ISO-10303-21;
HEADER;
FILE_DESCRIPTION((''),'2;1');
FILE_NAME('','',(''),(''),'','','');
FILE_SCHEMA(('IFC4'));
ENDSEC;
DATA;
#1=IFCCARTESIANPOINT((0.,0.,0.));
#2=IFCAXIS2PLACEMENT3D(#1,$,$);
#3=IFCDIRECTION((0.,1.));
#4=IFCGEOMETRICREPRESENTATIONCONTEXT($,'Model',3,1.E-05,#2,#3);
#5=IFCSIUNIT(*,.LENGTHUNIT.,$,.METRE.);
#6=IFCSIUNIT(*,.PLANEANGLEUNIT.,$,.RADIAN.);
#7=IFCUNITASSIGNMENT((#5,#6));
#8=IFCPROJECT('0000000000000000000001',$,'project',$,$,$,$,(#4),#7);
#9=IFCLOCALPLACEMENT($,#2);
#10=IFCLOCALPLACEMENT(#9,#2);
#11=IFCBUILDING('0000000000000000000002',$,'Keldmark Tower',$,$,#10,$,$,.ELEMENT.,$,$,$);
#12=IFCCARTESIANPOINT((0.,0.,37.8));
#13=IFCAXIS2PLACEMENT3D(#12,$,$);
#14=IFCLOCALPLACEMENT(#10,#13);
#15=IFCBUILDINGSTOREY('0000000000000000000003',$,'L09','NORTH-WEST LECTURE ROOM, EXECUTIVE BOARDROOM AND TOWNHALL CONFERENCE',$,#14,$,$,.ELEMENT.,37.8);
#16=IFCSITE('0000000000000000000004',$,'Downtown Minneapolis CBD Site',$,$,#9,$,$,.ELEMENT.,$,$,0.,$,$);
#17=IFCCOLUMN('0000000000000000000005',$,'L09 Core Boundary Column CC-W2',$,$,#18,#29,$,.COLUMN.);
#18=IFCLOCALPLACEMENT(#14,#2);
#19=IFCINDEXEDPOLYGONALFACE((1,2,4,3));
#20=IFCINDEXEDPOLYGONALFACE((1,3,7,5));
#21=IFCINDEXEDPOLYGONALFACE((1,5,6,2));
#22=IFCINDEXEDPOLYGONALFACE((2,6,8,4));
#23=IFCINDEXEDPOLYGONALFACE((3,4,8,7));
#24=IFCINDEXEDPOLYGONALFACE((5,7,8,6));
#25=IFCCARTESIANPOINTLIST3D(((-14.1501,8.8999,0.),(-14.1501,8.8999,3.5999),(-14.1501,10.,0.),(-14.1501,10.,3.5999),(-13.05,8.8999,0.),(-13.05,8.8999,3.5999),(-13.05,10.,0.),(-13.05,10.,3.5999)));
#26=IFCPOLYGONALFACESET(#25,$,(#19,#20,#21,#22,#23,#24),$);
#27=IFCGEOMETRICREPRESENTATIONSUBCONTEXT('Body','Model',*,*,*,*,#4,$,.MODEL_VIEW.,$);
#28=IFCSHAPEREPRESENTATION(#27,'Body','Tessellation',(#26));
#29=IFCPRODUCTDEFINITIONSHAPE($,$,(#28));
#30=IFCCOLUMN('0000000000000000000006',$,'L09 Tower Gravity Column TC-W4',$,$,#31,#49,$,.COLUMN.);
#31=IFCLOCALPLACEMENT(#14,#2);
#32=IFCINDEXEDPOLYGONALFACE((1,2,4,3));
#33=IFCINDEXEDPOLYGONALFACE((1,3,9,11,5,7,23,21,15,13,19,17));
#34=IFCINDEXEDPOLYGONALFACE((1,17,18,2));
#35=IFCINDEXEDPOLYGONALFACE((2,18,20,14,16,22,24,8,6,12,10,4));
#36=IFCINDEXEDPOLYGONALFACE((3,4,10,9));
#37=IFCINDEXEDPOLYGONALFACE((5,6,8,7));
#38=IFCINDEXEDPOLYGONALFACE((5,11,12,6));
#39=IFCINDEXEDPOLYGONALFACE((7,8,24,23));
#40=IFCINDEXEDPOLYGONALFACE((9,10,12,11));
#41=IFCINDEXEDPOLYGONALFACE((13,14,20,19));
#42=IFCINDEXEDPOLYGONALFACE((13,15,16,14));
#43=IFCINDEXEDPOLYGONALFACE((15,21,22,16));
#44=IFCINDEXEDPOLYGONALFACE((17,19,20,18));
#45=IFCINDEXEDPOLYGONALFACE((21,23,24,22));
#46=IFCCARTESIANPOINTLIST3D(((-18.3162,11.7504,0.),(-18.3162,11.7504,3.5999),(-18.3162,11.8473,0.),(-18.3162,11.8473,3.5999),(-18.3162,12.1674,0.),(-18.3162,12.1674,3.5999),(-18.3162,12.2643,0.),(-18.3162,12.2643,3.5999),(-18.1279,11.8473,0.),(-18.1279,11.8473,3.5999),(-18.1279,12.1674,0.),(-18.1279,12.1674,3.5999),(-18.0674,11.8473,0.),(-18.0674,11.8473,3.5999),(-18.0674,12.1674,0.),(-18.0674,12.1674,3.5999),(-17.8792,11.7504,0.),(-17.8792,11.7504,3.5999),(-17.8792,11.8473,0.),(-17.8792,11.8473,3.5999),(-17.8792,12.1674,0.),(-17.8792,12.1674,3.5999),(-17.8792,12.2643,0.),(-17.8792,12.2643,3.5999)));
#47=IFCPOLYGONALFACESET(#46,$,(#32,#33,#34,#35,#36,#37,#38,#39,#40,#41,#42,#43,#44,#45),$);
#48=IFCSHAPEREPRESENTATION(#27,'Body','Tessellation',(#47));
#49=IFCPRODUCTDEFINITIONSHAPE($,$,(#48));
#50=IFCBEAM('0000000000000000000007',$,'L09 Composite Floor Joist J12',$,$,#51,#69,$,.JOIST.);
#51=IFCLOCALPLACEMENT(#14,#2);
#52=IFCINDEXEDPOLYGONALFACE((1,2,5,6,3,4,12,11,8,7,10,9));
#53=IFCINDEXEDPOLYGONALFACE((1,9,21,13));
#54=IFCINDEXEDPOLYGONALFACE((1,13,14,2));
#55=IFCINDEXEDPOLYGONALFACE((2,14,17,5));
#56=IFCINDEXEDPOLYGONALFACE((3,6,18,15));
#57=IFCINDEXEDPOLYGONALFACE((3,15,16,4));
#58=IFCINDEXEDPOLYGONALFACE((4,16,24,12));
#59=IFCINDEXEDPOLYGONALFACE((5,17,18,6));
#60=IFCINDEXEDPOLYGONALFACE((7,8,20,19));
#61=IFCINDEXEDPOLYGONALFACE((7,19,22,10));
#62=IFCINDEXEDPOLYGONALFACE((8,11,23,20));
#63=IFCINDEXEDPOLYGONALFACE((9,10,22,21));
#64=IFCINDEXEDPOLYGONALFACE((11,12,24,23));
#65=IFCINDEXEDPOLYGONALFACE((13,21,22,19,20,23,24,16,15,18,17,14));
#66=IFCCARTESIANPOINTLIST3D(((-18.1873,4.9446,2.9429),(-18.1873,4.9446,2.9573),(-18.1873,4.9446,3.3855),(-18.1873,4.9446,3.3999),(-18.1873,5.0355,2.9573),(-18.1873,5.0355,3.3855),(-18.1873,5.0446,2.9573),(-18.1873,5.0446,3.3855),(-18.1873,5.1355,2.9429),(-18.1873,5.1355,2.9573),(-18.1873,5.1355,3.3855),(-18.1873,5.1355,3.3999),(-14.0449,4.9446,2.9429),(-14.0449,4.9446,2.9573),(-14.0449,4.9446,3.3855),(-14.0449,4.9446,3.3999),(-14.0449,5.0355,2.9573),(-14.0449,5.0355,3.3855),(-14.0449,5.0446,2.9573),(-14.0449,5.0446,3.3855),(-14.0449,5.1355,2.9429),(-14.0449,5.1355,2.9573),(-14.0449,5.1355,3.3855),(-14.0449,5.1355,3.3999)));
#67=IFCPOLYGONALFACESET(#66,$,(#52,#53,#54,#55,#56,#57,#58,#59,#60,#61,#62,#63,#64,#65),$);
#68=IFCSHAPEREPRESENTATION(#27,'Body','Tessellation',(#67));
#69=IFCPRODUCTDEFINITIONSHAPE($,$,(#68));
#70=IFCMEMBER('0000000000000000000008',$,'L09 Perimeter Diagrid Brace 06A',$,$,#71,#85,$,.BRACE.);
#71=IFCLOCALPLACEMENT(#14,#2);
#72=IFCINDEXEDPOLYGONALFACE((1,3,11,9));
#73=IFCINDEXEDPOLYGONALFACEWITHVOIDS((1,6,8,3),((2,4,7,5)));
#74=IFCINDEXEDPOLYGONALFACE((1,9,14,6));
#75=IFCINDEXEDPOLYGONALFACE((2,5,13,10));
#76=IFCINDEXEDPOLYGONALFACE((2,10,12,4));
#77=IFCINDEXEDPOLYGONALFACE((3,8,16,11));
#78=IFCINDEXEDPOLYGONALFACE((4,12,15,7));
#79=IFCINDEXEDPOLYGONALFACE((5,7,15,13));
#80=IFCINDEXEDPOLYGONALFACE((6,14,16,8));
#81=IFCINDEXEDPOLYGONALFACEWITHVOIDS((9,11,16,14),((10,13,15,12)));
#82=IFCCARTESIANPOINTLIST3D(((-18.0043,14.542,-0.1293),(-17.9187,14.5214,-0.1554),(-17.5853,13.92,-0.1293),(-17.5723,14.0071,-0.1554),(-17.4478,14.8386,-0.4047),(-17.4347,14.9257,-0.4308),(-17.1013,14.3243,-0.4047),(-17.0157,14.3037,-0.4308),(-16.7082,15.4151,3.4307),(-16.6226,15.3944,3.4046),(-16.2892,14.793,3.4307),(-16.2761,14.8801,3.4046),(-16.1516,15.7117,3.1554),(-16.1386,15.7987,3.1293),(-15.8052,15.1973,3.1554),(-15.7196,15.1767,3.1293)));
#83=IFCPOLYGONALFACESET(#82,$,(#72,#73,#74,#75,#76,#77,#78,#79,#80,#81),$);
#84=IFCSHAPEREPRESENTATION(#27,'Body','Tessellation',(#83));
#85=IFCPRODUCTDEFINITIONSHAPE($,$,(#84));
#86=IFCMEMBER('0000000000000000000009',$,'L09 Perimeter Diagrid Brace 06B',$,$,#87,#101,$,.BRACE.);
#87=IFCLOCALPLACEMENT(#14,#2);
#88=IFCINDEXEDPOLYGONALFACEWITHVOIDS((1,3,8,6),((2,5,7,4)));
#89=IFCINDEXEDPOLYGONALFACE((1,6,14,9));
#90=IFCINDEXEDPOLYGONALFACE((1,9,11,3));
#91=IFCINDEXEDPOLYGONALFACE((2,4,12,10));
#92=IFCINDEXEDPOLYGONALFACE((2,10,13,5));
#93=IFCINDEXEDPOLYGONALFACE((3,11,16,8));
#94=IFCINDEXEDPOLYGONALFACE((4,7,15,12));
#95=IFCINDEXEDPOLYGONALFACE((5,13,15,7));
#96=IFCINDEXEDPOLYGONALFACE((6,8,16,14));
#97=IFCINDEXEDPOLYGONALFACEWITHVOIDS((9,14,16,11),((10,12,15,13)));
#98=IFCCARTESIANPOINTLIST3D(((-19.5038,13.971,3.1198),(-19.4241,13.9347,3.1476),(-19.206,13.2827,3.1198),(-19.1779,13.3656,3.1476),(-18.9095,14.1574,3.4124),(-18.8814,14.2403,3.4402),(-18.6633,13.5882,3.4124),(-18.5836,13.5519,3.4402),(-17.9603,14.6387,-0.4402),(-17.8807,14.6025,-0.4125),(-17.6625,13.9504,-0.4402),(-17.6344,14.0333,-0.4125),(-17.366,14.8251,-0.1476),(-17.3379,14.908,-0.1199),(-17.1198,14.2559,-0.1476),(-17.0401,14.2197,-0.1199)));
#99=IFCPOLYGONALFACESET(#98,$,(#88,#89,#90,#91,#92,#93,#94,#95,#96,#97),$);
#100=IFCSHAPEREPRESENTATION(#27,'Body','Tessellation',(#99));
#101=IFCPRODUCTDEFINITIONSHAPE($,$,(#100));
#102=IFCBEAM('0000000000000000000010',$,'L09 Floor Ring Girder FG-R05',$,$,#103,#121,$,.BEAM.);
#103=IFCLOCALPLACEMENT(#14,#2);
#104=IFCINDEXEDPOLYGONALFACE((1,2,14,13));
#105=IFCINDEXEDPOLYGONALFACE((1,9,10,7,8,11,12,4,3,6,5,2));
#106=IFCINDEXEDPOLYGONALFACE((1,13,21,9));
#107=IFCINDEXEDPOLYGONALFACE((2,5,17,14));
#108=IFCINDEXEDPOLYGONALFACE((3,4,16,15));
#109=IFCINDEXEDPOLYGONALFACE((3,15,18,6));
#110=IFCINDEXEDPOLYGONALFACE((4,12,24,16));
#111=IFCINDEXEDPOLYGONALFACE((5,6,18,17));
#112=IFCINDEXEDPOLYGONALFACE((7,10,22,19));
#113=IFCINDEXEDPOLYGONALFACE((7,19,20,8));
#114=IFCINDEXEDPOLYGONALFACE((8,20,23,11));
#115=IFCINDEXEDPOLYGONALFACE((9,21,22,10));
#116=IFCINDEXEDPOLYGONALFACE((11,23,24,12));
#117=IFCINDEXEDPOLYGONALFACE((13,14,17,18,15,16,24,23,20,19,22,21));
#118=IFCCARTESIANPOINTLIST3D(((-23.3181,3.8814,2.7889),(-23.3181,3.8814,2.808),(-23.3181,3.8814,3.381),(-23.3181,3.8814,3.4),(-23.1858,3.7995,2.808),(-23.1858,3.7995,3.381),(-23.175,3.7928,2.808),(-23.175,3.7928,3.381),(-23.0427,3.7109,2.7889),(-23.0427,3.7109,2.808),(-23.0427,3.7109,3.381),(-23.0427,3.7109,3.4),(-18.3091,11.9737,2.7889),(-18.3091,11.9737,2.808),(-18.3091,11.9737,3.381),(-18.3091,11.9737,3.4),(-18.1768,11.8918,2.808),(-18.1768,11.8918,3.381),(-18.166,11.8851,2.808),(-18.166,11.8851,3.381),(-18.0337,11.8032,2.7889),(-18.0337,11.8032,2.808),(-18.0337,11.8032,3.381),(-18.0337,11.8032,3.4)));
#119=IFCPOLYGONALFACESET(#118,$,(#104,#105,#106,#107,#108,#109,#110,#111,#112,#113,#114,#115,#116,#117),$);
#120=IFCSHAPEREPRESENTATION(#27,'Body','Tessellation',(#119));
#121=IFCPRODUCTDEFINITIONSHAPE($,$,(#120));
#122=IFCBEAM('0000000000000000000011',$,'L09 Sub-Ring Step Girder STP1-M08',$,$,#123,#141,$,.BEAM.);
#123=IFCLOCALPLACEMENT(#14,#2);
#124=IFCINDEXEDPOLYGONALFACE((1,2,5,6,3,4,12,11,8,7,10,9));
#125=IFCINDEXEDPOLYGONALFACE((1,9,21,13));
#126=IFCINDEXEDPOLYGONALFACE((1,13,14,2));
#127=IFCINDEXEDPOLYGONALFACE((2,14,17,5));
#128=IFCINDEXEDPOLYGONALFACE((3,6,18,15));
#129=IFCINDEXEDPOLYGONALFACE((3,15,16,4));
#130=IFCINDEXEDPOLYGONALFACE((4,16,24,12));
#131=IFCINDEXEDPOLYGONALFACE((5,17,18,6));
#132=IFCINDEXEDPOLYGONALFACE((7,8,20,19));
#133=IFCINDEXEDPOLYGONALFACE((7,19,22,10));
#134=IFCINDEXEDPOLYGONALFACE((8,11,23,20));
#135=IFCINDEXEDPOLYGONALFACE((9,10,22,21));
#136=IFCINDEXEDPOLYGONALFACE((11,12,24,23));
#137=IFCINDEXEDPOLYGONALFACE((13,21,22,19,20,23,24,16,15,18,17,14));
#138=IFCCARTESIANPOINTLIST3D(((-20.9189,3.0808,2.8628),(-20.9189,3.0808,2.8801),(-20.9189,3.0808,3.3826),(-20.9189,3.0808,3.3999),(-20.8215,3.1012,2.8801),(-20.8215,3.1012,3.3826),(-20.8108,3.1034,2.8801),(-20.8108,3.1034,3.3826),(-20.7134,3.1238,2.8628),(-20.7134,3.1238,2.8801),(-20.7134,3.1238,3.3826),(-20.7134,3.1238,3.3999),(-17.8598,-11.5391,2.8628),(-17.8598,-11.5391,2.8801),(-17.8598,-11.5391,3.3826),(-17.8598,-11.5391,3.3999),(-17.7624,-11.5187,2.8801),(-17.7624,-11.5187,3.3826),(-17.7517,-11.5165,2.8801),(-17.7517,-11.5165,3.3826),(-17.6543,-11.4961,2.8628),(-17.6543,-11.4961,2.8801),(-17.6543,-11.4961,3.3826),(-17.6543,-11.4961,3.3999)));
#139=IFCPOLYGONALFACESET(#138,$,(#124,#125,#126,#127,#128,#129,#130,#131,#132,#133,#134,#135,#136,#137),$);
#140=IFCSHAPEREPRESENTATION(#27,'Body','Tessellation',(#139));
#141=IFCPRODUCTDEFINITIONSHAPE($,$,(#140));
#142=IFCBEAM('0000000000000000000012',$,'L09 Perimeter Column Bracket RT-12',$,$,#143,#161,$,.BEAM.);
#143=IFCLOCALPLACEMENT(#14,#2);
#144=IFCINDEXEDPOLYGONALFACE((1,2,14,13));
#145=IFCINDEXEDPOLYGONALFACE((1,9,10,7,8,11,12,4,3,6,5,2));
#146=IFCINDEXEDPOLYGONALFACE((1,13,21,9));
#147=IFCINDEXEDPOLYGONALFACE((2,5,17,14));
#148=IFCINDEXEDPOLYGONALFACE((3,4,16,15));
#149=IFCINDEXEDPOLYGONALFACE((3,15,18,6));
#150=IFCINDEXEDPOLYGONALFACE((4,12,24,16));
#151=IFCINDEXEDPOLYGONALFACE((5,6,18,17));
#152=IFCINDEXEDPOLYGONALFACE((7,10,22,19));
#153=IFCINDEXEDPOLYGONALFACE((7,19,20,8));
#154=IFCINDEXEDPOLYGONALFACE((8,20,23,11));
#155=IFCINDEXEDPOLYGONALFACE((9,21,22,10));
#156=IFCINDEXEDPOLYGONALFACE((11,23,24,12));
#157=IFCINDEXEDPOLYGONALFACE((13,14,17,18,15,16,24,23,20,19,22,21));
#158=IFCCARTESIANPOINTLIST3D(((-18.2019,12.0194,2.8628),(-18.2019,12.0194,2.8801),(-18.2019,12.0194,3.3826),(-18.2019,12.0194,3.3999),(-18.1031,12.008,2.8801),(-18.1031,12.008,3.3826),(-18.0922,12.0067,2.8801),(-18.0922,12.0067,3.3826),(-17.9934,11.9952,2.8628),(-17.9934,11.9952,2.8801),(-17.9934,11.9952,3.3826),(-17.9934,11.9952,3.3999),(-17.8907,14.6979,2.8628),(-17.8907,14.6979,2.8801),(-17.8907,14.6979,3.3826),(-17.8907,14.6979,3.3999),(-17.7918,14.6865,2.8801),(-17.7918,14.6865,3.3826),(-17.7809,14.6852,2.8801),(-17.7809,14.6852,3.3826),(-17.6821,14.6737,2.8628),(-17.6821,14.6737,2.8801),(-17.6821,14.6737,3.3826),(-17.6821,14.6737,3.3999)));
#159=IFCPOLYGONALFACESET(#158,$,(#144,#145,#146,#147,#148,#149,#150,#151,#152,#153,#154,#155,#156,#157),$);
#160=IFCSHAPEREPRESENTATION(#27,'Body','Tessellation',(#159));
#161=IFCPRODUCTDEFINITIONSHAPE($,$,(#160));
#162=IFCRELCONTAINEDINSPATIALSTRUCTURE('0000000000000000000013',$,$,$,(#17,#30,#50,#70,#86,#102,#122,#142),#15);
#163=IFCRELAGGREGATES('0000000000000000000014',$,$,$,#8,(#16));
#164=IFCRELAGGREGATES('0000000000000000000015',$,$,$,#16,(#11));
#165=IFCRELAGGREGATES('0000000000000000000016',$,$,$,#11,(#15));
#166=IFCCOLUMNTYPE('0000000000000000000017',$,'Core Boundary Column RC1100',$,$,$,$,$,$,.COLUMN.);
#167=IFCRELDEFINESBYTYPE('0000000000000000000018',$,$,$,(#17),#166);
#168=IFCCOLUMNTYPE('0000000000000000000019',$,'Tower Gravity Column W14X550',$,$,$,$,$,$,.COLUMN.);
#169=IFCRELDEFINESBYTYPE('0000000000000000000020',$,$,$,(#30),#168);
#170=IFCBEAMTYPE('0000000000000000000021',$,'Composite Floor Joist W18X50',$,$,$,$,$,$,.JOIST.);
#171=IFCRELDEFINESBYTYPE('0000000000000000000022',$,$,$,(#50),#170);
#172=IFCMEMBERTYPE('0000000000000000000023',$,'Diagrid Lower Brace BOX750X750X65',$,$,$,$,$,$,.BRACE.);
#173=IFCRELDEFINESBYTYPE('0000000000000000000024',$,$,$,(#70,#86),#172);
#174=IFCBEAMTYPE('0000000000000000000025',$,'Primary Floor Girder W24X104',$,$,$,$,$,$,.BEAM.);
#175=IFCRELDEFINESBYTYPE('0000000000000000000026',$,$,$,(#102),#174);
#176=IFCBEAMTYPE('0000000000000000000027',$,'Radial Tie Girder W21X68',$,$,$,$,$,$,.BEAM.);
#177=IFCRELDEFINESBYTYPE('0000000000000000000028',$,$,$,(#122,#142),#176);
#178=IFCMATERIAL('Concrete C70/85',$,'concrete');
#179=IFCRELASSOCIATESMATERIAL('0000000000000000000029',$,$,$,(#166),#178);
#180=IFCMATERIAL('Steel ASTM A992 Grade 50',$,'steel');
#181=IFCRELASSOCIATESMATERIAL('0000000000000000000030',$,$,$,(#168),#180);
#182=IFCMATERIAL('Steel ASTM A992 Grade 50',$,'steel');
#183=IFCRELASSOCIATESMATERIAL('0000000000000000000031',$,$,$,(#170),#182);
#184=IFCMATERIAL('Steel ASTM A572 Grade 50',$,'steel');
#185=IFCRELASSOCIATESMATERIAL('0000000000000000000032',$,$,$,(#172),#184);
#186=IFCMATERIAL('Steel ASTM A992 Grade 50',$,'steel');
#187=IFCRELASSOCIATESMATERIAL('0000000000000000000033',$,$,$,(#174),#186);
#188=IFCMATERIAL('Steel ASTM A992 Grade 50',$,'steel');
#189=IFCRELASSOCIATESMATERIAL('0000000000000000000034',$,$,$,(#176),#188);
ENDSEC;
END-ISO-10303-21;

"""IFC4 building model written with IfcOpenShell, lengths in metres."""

from ifc_helpers import new_model, si_unit, direction, frame, origin, origin_2d, place, context, subcontext, project, spatial, rectangle, hollow_rectangle, i_section, extrude, material, material_profile, profile_set, type_object, element, save


model = new_model("IFC4")

# Units and contexts
model_context = context("Model", 3, precision=1e-05, world=origin(), true_north=direction((0.0, 1.0)))
body_context = subcontext(model_context, "Body", "Model", "MODEL_VIEW")
ifc_project = project(units=[si_unit("LENGTHUNIT", "METRE"), si_unit("PLANEANGLEUNIT", "RADIAN")], contexts=[model_context])

# Site, building, storey
site_placement = place(None, origin())
site = spatial("IfcSite", under=ifc_project, at=site_placement, Name="Downtown Minneapolis CBD Site", CompositionType="ELEMENT", RefElevation=0.0)
building_placement = place(site_placement, origin())
building = spatial("IfcBuilding", under=site, at=building_placement, Name="Keldmark Tower", CompositionType="ELEMENT")
storey_placement = place(building_placement, frame((0.0, 0.0, 37.8)))
storey = spatial("IfcBuildingStorey", under=building, at=storey_placement, Name="L09", Description="NORTH-WEST LECTURE ROOM, EXECUTIVE BOARDROOM AND TOWNHALL CONFERENCE", CompositionType="ELEMENT", Elevation=37.8)

# Columns
ifc_material_1 = material(Name="Concrete C70/85", Category="concrete")
ifc_material_profile_1 = material_profile(ifc_material_1, rectangle(XDim=1.1001, YDim=1.1001, at=origin_2d()), Name="RC1100X1100")
ifc_profile_set_1 = profile_set([ifc_material_profile_1], Name="Concrete C70/85")
column_type_1 = type_object("IfcColumnType", Name="Core Boundary Column RC1100", PredefinedType="COLUMN", material=ifc_profile_set_1)
column_1_placement = place(storey_placement, frame((-13.6001, 9.45, 0.0), z_axis=(0.0, 0.0, 1.0), x_axis=(1.0, 0.0, 0.0)))
element("IfcColumn", 1, at=column_1_placement, inside=storey, type_object=column_type_1, Name="L09 Core Boundary Column CC-W2", PredefinedType="COLUMN", context=body_context, shape_type="SweptSolid", body=[
    extrude(rectangle(XDim=1.1001, YDim=1.1001, at=origin_2d()), origin(), (0.0, 0.0, 1.0), 3.5999),
])
ifc_material_2 = material(Name="Steel ASTM A992 Grade 50", Category="steel")
ifc_material_profile_2 = material_profile(ifc_material_2, i_section(OverallWidth=0.437, OverallDepth=0.5139, WebThickness=0.0605, FlangeThickness=0.0969, at=origin_2d()), Name="W14X550")
ifc_profile_set_2 = profile_set([ifc_material_profile_2], Name="Steel ASTM A992 Grade 50")
column_type_2 = type_object("IfcColumnType", Name="Tower Gravity Column W14X550", PredefinedType="COLUMN", material=ifc_profile_set_2)
column_2_placement = place(storey_placement, frame((-18.0977, 12.0073, 0.0), z_axis=(0.0, 0.0, 1.0), x_axis=(1.0, 0.0, 0.0)))
element("IfcColumn", 2, at=column_2_placement, inside=storey, type_object=column_type_2, Name="L09 Tower Gravity Column TC-W4", PredefinedType="COLUMN", context=body_context, shape_type="SweptSolid", body=[
    extrude(i_section(OverallWidth=0.437, OverallDepth=0.5139, WebThickness=0.0605, FlangeThickness=0.0969, at=origin_2d()), origin(), (0.0, 0.0, 1.0), 3.5999),
])

# Beam
ifc_material_3 = material(Name="Steel ASTM A992 Grade 50", Category="steel")
ifc_material_profile_3 = material_profile(ifc_material_3, i_section(OverallWidth=0.1909, OverallDepth=0.457, WebThickness=0.009, FlangeThickness=0.0144, at=origin_2d()), Name="W18X50")
ifc_profile_set_3 = profile_set([ifc_material_profile_3], Name="Steel ASTM A992 Grade 50")
beam_type_1 = type_object("IfcBeamType", Name="Composite Floor Joist W18X50", PredefinedType="JOIST", material=ifc_profile_set_3)
beam_1_placement = place(storey_placement, frame((-18.1873, 5.04, 3.1714), z_axis=(1.0, 0.0, 0.0), x_axis=(0.0, 1.0, 0.0)))
element("IfcBeam", 3, at=beam_1_placement, inside=storey, type_object=beam_type_1, Name="L09 Composite Floor Joist J12", PredefinedType="JOIST", context=body_context, shape_type="SweptSolid", body=[
    extrude(i_section(OverallWidth=0.1909, OverallDepth=0.457, WebThickness=0.009, FlangeThickness=0.0144, at=origin_2d()), origin(), (0.0, 0.0, 1.0), 4.1423),
])

# Members
ifc_material_4 = material(Name="Steel ASTM A572 Grade 50", Category="steel")
ifc_material_profile_4 = material_profile(ifc_material_4, hollow_rectangle(XDim=0.75, YDim=0.75, WallThickness=0.0649, at=origin_2d()), Name="BOX750X750X65")
ifc_profile_set_4 = profile_set([ifc_material_profile_4], Name="Steel ASTM A572 Grade 50")
member_type = type_object("IfcMemberType", Name="Diagrid Lower Brace BOX750X750X65", PredefinedType="BRACE", material=ifc_profile_set_4)
member_1_placement = place(storey_placement, frame((-17.51, 14.4229, -0.28), z_axis=(0.333374, 0.224552, 0.915663), x_axis=(-0.55866, 0.829397, 0.0)))
element("IfcMember", 4, at=member_1_placement, inside=storey, type_object=member_type, Name="L09 Perimeter Diagrid Brace 06A", PredefinedType="BRACE", context=body_context, shape_type="SweptSolid", body=[
    extrude(hollow_rectangle(XDim=0.75, YDim=0.75, WallThickness=0.0649, at=origin_2d()), origin(), (0.0, 0.0, 1.0), 3.8879),
])
member_2_placement = place(storey_placement, frame((-17.5002, 14.4292, -0.28), z_axis=(-0.392012, -0.169591, 0.904194), x_axis=(0.397053, -0.917796, 0.0)))
element("IfcMember", 5, at=member_2_placement, inside=storey, type_object=member_type, Name="L09 Perimeter Diagrid Brace 06B", PredefinedType="BRACE", context=body_context, shape_type="SweptSolid", body=[
    extrude(hollow_rectangle(XDim=0.75, YDim=0.75, WallThickness=0.0649, at=origin_2d()), origin(), (0.0, 0.0, 1.0), 3.9373),
])

# Beams
ifc_material_5 = material(Name="Steel ASTM A992 Grade 50", Category="steel")
ifc_material_profile_5 = material_profile(ifc_material_5, i_section(OverallWidth=0.324, OverallDepth=0.6111, WebThickness=0.0127, FlangeThickness=0.019, at=origin_2d()), Name="W24X104")
ifc_profile_set_5 = profile_set([ifc_material_profile_5], Name="Steel ASTM A992 Grade 50")
beam_type_2 = type_object("IfcBeamType", Name="Primary Floor Girder W24X104", PredefinedType="BEAM", material=ifc_profile_set_5)
beam_2_placement = place(storey_placement, frame((-18.1714, 11.8884, 3.0945), z_axis=(-0.526318, -0.850288, 0.0), x_axis=(0.850288, -0.526318, 0.0)))
element("IfcBeam", 6, at=beam_2_placement, inside=storey, type_object=beam_type_2, Name="L09 Floor Ring Girder FG-R05", PredefinedType="BEAM", context=body_context, shape_type="SweptSolid", body=[
    extrude(i_section(OverallWidth=0.324, OverallDepth=0.6111, WebThickness=0.0127, FlangeThickness=0.019, at=origin_2d()), origin(), (0.0, 0.0, 1.0), 9.5171),
])
ifc_material_6 = material(Name="Steel ASTM A992 Grade 50", Category="steel")
ifc_material_profile_6 = material_profile(ifc_material_6, i_section(OverallWidth=0.21, OverallDepth=0.5371, WebThickness=0.011, FlangeThickness=0.0173, at=origin_2d()), Name="W21X68")
ifc_profile_set_6 = profile_set([ifc_material_profile_6], Name="Steel ASTM A992 Grade 50")
beam_type_3 = type_object("IfcBeamType", Name="Radial Tie Girder W21X68", PredefinedType="BEAM", material=ifc_profile_set_6)
beam_3_placement = place(storey_placement, frame((-20.8162, 3.1023, 3.1313), z_axis=(0.204806, -0.978803, 0.0), x_axis=(0.978803, 0.204806, 0.0)))
element("IfcBeam", 7, at=beam_3_placement, inside=storey, type_object=beam_type_3, Name="L09 Sub-Ring Step Girder STP1-M08", PredefinedType="BEAM", context=body_context, shape_type="SweptSolid", body=[
    extrude(i_section(OverallWidth=0.21, OverallDepth=0.5371, WebThickness=0.011, FlangeThickness=0.0173, at=origin_2d()), origin(), (0.0, 0.0, 1.0), 14.9365),
])
beam_4_placement = place(storey_placement, frame((-18.0977, 12.0073, 3.1313), z_axis=(0.115439, 0.993315, 0.0), x_axis=(-0.993315, 0.115439, 0.0)))
element("IfcBeam", 8, at=beam_4_placement, inside=storey, type_object=beam_type_3, Name="L09 Perimeter Column Bracket RT-12", PredefinedType="BEAM", context=body_context, shape_type="SweptSolid", body=[
    extrude(i_section(OverallWidth=0.21, OverallDepth=0.5371, WebThickness=0.011, FlangeThickness=0.0173, at=origin_2d()), origin(), (0.0, 0.0, 1.0), 2.6965),
])

save(model, "model.ifc")
